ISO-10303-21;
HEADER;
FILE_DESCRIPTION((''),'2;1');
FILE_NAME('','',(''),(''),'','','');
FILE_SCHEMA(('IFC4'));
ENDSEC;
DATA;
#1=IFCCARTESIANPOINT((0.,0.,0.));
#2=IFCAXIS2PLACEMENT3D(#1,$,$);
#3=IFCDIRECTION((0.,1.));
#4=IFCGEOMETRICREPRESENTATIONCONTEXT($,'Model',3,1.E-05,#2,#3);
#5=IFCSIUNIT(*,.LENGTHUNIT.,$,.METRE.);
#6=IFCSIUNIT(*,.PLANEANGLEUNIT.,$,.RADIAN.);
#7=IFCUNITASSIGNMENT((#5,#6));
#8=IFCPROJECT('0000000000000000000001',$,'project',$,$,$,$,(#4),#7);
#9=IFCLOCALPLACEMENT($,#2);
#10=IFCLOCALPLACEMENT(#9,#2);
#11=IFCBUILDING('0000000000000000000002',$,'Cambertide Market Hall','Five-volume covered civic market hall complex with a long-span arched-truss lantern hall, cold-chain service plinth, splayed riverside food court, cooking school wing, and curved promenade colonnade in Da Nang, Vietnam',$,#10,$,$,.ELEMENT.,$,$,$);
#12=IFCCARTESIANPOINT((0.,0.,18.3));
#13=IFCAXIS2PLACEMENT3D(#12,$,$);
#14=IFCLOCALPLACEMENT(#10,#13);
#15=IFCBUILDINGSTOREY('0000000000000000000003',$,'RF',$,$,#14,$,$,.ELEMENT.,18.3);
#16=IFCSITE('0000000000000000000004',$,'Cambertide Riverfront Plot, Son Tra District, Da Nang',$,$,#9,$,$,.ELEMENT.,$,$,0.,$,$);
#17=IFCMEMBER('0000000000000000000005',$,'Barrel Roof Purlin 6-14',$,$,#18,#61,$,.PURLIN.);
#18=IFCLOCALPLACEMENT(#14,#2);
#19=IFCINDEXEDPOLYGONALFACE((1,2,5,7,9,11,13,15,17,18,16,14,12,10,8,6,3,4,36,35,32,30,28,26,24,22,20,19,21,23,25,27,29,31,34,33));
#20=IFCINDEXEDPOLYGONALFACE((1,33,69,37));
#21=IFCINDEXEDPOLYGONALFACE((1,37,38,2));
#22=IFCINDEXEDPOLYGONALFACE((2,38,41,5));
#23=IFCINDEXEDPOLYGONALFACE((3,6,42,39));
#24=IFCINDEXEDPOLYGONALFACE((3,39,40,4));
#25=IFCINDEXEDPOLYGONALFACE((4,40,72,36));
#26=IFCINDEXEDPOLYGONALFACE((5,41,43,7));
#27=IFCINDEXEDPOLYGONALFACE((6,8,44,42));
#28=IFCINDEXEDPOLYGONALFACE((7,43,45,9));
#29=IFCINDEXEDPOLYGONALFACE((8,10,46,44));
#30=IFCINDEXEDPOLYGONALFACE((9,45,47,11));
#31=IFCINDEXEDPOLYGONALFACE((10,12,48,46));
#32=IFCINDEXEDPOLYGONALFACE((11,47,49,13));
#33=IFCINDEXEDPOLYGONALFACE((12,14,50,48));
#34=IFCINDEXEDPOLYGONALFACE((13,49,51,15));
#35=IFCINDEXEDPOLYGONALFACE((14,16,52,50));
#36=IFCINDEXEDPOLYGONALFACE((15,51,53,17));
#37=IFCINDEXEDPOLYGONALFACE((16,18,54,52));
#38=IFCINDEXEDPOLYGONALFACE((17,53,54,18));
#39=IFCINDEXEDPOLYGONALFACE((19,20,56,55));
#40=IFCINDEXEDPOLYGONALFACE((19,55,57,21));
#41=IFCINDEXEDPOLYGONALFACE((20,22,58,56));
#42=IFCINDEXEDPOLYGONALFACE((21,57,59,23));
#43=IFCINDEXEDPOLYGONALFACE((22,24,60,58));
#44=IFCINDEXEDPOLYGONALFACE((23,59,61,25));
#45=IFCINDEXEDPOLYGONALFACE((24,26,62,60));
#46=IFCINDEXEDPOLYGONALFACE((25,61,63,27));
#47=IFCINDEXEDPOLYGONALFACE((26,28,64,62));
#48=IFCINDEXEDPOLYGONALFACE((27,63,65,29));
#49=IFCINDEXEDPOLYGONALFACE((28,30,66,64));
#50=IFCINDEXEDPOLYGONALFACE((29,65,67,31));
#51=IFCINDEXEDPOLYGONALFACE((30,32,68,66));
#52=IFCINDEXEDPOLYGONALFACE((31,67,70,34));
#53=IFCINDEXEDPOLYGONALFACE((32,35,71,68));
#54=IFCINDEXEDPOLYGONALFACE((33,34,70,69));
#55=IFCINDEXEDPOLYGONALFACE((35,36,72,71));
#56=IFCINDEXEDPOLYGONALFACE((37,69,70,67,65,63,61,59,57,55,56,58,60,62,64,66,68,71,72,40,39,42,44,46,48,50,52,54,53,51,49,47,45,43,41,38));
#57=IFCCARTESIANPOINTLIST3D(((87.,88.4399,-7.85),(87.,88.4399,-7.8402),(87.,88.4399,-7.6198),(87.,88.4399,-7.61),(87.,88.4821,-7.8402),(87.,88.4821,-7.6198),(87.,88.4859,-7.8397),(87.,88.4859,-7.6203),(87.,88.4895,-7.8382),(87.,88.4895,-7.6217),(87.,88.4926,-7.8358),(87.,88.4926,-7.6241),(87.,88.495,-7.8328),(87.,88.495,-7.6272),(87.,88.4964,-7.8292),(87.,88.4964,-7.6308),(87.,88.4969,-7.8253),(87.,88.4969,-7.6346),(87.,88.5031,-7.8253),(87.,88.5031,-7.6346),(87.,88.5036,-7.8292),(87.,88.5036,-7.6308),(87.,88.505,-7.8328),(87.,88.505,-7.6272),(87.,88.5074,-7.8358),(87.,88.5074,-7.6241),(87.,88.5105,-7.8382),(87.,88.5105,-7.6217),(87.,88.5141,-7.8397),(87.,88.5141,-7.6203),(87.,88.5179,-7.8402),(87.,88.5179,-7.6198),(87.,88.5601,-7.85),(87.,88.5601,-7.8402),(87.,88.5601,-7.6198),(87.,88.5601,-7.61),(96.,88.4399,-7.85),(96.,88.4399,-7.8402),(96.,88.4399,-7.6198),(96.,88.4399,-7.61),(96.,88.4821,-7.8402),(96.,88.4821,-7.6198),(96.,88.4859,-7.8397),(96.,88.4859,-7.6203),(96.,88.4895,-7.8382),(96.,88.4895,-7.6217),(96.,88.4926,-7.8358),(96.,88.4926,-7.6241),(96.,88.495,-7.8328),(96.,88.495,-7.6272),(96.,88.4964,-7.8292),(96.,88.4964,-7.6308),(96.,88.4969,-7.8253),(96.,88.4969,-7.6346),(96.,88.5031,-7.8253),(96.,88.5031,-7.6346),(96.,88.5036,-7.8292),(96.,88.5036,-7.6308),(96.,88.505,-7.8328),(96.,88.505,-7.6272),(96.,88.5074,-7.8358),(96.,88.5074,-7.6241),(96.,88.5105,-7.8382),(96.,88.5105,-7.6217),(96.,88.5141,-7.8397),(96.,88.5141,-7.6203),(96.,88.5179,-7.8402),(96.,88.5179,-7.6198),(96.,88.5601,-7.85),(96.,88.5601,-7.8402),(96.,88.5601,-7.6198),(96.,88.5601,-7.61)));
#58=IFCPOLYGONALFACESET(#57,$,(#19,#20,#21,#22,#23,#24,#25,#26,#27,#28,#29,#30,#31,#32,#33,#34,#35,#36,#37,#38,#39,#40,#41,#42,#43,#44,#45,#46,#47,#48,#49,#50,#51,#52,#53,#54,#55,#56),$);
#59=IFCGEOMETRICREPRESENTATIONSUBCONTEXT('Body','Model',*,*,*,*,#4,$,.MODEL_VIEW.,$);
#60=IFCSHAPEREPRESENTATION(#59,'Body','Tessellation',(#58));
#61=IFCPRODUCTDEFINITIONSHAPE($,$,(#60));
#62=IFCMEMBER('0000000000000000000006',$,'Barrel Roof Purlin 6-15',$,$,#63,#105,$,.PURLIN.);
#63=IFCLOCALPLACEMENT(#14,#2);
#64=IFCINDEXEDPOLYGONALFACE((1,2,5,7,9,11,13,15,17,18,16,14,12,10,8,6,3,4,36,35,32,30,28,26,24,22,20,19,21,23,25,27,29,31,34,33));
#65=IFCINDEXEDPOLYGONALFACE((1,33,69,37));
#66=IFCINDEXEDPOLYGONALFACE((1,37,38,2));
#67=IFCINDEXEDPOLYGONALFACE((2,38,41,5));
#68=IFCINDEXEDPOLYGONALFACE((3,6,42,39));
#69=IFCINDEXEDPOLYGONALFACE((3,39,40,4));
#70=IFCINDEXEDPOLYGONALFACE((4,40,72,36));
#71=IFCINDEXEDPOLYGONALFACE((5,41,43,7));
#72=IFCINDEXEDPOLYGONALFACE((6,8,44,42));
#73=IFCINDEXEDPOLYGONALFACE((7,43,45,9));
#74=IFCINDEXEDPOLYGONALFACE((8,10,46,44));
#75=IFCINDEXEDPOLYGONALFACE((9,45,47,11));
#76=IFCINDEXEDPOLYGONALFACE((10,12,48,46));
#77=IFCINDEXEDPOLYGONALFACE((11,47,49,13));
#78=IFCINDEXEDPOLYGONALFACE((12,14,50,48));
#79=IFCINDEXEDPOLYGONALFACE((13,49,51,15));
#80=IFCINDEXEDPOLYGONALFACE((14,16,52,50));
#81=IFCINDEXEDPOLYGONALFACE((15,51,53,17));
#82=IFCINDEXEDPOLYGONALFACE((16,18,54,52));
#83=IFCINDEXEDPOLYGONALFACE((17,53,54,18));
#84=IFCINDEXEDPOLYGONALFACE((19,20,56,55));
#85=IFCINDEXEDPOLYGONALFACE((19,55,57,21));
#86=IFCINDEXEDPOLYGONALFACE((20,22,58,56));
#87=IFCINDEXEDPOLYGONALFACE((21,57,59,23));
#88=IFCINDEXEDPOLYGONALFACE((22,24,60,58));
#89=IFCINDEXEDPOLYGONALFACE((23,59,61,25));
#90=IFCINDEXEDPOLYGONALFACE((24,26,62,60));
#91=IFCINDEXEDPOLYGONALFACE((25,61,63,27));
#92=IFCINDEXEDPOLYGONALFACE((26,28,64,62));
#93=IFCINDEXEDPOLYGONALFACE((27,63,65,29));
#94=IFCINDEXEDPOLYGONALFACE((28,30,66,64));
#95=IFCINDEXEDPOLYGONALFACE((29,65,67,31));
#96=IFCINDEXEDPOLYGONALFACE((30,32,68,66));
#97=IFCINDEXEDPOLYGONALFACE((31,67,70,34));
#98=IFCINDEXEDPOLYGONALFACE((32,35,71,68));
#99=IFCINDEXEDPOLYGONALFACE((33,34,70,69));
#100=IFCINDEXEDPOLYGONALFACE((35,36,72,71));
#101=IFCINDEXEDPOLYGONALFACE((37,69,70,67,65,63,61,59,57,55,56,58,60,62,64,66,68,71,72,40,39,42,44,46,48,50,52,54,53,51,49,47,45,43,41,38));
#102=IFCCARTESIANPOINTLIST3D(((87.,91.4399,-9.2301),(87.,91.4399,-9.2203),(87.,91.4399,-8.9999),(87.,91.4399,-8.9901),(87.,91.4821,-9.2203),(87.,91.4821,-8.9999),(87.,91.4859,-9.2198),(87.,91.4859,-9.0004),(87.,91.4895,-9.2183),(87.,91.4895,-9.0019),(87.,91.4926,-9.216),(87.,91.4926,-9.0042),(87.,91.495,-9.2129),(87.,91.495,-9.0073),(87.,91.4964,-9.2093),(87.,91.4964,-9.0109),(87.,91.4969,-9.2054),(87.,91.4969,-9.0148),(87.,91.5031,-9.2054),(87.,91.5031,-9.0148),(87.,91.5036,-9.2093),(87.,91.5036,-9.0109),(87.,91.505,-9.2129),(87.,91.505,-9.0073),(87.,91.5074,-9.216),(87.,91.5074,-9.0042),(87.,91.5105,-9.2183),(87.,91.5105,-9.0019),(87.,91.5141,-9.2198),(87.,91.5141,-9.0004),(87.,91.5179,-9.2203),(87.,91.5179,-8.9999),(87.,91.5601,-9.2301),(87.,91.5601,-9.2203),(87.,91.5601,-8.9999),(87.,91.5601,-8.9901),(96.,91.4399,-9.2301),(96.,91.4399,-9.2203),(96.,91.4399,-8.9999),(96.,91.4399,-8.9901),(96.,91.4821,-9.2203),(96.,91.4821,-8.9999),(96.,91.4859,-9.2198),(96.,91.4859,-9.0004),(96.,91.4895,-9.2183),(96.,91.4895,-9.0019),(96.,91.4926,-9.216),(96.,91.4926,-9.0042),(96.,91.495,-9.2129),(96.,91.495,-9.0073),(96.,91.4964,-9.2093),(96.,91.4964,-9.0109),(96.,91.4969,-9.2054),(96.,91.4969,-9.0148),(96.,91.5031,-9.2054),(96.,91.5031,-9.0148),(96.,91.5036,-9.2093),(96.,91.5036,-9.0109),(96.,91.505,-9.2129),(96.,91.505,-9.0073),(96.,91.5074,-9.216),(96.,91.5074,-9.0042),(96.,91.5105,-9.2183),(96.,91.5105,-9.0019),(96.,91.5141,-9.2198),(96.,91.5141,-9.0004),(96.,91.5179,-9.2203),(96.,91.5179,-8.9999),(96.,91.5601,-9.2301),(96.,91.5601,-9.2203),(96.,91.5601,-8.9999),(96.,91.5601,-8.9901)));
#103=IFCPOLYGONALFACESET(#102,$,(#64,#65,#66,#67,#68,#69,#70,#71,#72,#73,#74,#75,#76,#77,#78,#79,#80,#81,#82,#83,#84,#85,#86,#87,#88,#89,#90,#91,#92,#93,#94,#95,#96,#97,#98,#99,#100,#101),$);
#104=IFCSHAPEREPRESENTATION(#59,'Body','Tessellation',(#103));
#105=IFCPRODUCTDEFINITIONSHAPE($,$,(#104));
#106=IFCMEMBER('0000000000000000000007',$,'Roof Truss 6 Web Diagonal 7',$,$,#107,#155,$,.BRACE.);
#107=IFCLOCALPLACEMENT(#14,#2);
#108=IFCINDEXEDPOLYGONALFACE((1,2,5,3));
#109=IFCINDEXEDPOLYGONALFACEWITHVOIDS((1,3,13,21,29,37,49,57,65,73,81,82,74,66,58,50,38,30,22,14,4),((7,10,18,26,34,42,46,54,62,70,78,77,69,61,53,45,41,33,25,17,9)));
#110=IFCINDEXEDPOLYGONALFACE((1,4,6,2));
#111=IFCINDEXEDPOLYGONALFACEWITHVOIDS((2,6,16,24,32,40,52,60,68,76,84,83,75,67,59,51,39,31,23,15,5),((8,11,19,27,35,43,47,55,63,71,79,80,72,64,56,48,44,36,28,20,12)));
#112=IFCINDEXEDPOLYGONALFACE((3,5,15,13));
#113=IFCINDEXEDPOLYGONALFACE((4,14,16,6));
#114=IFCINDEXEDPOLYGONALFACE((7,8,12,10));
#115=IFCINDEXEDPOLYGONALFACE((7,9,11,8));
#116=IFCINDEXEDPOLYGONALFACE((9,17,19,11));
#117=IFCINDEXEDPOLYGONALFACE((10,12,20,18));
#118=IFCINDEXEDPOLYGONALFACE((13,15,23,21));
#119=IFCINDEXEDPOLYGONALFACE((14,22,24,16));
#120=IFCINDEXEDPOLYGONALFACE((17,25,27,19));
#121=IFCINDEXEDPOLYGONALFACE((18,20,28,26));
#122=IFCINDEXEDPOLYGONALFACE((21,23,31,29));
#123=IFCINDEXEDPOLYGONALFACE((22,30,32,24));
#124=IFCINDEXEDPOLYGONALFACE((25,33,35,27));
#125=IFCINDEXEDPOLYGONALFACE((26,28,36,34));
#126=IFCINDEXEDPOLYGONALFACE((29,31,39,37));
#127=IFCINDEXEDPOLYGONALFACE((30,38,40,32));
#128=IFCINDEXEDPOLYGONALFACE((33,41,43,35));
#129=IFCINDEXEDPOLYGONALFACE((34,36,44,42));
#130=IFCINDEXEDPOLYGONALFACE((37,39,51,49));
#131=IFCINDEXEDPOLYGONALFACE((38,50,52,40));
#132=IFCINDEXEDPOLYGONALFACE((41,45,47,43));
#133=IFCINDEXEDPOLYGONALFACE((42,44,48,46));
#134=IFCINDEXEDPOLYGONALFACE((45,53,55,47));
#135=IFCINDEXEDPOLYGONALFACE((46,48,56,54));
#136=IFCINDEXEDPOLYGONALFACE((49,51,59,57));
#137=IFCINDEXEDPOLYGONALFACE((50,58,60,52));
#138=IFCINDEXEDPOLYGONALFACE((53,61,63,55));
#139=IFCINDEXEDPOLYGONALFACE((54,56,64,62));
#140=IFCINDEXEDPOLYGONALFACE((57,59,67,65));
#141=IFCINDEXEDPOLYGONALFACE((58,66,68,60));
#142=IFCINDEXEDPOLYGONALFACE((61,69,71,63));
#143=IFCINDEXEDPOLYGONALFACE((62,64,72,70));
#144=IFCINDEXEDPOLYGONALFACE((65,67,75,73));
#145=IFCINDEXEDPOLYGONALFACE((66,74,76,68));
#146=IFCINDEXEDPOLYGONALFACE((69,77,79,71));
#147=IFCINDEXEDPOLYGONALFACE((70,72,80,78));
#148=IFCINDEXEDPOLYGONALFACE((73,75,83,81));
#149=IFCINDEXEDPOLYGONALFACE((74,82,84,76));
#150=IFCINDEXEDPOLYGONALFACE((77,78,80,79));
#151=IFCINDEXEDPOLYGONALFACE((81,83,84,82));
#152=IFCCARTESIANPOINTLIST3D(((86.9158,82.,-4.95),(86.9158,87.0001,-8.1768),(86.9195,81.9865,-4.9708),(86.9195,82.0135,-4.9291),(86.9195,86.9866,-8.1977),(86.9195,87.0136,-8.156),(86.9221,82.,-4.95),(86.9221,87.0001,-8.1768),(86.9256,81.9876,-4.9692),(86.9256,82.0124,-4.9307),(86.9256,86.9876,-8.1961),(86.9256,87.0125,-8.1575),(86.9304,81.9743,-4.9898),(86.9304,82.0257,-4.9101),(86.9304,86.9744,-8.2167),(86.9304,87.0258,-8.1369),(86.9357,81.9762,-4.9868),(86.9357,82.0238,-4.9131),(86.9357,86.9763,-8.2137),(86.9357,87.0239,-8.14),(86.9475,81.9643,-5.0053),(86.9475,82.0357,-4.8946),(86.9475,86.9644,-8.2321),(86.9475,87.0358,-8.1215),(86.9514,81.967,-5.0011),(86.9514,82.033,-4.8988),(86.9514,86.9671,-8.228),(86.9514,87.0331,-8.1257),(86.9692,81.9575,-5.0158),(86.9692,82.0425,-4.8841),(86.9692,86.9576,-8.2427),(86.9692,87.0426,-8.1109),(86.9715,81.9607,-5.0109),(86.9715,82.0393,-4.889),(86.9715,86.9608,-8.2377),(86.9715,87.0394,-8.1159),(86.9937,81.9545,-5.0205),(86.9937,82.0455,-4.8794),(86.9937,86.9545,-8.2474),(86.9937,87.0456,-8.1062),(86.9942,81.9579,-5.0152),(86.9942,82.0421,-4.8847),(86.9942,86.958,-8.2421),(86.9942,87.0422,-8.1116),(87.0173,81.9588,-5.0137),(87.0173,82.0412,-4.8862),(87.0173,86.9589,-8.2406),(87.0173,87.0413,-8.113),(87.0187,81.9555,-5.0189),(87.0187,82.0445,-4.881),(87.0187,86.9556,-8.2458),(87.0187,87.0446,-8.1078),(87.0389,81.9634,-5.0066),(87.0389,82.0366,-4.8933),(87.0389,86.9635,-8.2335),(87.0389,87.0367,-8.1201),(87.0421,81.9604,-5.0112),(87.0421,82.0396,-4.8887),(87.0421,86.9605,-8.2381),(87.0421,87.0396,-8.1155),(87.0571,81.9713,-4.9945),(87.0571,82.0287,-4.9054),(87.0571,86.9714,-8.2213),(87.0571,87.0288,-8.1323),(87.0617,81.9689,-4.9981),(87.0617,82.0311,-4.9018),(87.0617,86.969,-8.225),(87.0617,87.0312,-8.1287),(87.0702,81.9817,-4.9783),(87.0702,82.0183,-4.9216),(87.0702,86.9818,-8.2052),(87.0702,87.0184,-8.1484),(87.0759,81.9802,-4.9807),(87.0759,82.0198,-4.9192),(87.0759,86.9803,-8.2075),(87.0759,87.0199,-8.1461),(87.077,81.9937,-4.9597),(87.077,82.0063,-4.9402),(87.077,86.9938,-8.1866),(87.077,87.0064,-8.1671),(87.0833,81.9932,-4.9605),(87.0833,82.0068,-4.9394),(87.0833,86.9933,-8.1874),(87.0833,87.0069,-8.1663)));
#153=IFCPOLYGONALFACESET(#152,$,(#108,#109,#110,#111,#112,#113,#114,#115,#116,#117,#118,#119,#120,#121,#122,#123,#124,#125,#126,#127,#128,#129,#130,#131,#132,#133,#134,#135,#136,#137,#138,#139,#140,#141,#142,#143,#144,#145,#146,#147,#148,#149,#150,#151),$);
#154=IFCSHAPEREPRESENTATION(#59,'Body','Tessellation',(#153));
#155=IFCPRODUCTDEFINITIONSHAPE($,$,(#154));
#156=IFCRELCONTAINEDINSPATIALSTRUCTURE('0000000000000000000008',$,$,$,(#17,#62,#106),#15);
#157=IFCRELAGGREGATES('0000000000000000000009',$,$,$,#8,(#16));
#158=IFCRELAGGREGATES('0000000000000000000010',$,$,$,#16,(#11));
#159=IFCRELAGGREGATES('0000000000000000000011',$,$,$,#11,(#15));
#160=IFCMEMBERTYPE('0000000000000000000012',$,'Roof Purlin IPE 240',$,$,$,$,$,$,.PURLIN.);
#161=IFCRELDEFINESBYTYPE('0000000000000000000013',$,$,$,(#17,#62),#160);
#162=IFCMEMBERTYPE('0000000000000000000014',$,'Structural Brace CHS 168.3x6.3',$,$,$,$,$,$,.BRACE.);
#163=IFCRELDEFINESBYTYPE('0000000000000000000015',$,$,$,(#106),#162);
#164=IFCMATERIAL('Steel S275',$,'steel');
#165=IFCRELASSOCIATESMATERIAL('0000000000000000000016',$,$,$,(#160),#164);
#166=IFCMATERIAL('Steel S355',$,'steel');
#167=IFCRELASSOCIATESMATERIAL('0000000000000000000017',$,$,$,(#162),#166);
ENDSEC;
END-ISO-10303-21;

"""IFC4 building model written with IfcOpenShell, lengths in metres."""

from ifc_helpers import new_model, si_unit, direction, frame, origin, origin_2d, place, context, subcontext, project, spatial, hollow_circle, i_section, extrude, material, material_profile, profile_set, type_object, element, save


model = new_model("IFC4")

# Units and contexts
model_context = context("Model", 3, precision=1e-05, world=origin(), true_north=direction((0.0, 1.0)))
body_context = subcontext(model_context, "Body", "Model", "MODEL_VIEW")
ifc_project = project(units=[si_unit("LENGTHUNIT", "METRE"), si_unit("PLANEANGLEUNIT", "RADIAN")], contexts=[model_context])

# Site, building, storey
site_placement = place(None, origin())
site = spatial("IfcSite", under=ifc_project, at=site_placement, Name="Cambertide Riverfront Plot, Son Tra District, Da Nang", CompositionType="ELEMENT", RefElevation=0.0)
building_placement = place(site_placement, origin())
building = spatial("IfcBuilding", under=site, at=building_placement, Name="Cambertide Market Hall", Description="Five-volume covered civic market hall complex with a long-span arched-truss lantern hall, cold-chain service plinth, splayed riverside food court, cooking school wing, and curved promenade colonnade in Da Nang, Vietnam", CompositionType="ELEMENT")
storey_placement = place(building_placement, frame((0.0, 0.0, 18.3)))
storey = spatial("IfcBuildingStorey", under=building, at=storey_placement, Name="RF", CompositionType="ELEMENT", Elevation=18.3)

# Members
ifc_material_1 = material(Name="Steel S275", Category="steel")
ifc_material_profile_1 = material_profile(ifc_material_1, i_section(OverallWidth=0.1201, OverallDepth=0.24, WebThickness=0.0061, FlangeThickness=0.0098, FilletRadius=0.0149, at=origin_2d()), Name="IPE 240")
ifc_profile_set_1 = profile_set([ifc_material_profile_1], Name="Steel S275")
member_type_1 = type_object("IfcMemberType", Name="Roof Purlin IPE 240", PredefinedType="PURLIN", material=ifc_profile_set_1)
for number, where, z_axis, x_axis, name in (
    (1, (87.0, 88.5, -7.73), (1.0, 0.0, 0.0), (0.0, 1.0, 0.0), "Barrel Roof Purlin 6-14"),
    (2, (87.0, 91.5, -9.1101), (1.0, 0.0, 0.0), (0.0, 1.0, 0.0), "Barrel Roof Purlin 6-15"),
):
    element("IfcMember", number, at=place(storey_placement, frame(where, z_axis=z_axis, x_axis=x_axis)), inside=storey, type_object=member_type_1, Name=name, PredefinedType="PURLIN", context=body_context, shape_type="SweptSolid", body=[
        extrude(i_section(OverallWidth=0.1201, OverallDepth=0.24, WebThickness=0.0061, FlangeThickness=0.0098, FilletRadius=0.0149, at=origin_2d()), origin(), (0.0, 0.0, 1.0), 9.0),
    ])
ifc_material_2 = material(Name="Steel S355", Category="steel")
ifc_material_profile_2 = material_profile(ifc_material_2, hollow_circle(Radius=0.0842, WallThickness=0.0063, at=origin_2d()), Name="CHS 168.3x6.3")
ifc_profile_set_2 = profile_set([ifc_material_profile_2], Name="Steel S355")
member_type_2 = type_object("IfcMemberType", Name="Structural Brace CHS 168.3x6.3", PredefinedType="BRACE", material=ifc_profile_set_2)
member_1_placement = place(storey_placement, frame((87.0, 82.0, -4.95), z_axis=(0.0, 0.84022, -0.542246), x_axis=(-1.0, 0.0, 0.0)))
element("IfcMember", 3, at=member_1_placement, inside=storey, type_object=member_type_2, Name="Roof Truss 6 Web Diagonal 7", PredefinedType="BRACE", context=body_context, shape_type="SweptSolid", body=[
    extrude(hollow_circle(Radius=0.0842, WallThickness=0.0063, at=origin_2d()), origin(), (0.0, 0.0, 1.0), 5.9509),
])

save(model, "model.ifc")
